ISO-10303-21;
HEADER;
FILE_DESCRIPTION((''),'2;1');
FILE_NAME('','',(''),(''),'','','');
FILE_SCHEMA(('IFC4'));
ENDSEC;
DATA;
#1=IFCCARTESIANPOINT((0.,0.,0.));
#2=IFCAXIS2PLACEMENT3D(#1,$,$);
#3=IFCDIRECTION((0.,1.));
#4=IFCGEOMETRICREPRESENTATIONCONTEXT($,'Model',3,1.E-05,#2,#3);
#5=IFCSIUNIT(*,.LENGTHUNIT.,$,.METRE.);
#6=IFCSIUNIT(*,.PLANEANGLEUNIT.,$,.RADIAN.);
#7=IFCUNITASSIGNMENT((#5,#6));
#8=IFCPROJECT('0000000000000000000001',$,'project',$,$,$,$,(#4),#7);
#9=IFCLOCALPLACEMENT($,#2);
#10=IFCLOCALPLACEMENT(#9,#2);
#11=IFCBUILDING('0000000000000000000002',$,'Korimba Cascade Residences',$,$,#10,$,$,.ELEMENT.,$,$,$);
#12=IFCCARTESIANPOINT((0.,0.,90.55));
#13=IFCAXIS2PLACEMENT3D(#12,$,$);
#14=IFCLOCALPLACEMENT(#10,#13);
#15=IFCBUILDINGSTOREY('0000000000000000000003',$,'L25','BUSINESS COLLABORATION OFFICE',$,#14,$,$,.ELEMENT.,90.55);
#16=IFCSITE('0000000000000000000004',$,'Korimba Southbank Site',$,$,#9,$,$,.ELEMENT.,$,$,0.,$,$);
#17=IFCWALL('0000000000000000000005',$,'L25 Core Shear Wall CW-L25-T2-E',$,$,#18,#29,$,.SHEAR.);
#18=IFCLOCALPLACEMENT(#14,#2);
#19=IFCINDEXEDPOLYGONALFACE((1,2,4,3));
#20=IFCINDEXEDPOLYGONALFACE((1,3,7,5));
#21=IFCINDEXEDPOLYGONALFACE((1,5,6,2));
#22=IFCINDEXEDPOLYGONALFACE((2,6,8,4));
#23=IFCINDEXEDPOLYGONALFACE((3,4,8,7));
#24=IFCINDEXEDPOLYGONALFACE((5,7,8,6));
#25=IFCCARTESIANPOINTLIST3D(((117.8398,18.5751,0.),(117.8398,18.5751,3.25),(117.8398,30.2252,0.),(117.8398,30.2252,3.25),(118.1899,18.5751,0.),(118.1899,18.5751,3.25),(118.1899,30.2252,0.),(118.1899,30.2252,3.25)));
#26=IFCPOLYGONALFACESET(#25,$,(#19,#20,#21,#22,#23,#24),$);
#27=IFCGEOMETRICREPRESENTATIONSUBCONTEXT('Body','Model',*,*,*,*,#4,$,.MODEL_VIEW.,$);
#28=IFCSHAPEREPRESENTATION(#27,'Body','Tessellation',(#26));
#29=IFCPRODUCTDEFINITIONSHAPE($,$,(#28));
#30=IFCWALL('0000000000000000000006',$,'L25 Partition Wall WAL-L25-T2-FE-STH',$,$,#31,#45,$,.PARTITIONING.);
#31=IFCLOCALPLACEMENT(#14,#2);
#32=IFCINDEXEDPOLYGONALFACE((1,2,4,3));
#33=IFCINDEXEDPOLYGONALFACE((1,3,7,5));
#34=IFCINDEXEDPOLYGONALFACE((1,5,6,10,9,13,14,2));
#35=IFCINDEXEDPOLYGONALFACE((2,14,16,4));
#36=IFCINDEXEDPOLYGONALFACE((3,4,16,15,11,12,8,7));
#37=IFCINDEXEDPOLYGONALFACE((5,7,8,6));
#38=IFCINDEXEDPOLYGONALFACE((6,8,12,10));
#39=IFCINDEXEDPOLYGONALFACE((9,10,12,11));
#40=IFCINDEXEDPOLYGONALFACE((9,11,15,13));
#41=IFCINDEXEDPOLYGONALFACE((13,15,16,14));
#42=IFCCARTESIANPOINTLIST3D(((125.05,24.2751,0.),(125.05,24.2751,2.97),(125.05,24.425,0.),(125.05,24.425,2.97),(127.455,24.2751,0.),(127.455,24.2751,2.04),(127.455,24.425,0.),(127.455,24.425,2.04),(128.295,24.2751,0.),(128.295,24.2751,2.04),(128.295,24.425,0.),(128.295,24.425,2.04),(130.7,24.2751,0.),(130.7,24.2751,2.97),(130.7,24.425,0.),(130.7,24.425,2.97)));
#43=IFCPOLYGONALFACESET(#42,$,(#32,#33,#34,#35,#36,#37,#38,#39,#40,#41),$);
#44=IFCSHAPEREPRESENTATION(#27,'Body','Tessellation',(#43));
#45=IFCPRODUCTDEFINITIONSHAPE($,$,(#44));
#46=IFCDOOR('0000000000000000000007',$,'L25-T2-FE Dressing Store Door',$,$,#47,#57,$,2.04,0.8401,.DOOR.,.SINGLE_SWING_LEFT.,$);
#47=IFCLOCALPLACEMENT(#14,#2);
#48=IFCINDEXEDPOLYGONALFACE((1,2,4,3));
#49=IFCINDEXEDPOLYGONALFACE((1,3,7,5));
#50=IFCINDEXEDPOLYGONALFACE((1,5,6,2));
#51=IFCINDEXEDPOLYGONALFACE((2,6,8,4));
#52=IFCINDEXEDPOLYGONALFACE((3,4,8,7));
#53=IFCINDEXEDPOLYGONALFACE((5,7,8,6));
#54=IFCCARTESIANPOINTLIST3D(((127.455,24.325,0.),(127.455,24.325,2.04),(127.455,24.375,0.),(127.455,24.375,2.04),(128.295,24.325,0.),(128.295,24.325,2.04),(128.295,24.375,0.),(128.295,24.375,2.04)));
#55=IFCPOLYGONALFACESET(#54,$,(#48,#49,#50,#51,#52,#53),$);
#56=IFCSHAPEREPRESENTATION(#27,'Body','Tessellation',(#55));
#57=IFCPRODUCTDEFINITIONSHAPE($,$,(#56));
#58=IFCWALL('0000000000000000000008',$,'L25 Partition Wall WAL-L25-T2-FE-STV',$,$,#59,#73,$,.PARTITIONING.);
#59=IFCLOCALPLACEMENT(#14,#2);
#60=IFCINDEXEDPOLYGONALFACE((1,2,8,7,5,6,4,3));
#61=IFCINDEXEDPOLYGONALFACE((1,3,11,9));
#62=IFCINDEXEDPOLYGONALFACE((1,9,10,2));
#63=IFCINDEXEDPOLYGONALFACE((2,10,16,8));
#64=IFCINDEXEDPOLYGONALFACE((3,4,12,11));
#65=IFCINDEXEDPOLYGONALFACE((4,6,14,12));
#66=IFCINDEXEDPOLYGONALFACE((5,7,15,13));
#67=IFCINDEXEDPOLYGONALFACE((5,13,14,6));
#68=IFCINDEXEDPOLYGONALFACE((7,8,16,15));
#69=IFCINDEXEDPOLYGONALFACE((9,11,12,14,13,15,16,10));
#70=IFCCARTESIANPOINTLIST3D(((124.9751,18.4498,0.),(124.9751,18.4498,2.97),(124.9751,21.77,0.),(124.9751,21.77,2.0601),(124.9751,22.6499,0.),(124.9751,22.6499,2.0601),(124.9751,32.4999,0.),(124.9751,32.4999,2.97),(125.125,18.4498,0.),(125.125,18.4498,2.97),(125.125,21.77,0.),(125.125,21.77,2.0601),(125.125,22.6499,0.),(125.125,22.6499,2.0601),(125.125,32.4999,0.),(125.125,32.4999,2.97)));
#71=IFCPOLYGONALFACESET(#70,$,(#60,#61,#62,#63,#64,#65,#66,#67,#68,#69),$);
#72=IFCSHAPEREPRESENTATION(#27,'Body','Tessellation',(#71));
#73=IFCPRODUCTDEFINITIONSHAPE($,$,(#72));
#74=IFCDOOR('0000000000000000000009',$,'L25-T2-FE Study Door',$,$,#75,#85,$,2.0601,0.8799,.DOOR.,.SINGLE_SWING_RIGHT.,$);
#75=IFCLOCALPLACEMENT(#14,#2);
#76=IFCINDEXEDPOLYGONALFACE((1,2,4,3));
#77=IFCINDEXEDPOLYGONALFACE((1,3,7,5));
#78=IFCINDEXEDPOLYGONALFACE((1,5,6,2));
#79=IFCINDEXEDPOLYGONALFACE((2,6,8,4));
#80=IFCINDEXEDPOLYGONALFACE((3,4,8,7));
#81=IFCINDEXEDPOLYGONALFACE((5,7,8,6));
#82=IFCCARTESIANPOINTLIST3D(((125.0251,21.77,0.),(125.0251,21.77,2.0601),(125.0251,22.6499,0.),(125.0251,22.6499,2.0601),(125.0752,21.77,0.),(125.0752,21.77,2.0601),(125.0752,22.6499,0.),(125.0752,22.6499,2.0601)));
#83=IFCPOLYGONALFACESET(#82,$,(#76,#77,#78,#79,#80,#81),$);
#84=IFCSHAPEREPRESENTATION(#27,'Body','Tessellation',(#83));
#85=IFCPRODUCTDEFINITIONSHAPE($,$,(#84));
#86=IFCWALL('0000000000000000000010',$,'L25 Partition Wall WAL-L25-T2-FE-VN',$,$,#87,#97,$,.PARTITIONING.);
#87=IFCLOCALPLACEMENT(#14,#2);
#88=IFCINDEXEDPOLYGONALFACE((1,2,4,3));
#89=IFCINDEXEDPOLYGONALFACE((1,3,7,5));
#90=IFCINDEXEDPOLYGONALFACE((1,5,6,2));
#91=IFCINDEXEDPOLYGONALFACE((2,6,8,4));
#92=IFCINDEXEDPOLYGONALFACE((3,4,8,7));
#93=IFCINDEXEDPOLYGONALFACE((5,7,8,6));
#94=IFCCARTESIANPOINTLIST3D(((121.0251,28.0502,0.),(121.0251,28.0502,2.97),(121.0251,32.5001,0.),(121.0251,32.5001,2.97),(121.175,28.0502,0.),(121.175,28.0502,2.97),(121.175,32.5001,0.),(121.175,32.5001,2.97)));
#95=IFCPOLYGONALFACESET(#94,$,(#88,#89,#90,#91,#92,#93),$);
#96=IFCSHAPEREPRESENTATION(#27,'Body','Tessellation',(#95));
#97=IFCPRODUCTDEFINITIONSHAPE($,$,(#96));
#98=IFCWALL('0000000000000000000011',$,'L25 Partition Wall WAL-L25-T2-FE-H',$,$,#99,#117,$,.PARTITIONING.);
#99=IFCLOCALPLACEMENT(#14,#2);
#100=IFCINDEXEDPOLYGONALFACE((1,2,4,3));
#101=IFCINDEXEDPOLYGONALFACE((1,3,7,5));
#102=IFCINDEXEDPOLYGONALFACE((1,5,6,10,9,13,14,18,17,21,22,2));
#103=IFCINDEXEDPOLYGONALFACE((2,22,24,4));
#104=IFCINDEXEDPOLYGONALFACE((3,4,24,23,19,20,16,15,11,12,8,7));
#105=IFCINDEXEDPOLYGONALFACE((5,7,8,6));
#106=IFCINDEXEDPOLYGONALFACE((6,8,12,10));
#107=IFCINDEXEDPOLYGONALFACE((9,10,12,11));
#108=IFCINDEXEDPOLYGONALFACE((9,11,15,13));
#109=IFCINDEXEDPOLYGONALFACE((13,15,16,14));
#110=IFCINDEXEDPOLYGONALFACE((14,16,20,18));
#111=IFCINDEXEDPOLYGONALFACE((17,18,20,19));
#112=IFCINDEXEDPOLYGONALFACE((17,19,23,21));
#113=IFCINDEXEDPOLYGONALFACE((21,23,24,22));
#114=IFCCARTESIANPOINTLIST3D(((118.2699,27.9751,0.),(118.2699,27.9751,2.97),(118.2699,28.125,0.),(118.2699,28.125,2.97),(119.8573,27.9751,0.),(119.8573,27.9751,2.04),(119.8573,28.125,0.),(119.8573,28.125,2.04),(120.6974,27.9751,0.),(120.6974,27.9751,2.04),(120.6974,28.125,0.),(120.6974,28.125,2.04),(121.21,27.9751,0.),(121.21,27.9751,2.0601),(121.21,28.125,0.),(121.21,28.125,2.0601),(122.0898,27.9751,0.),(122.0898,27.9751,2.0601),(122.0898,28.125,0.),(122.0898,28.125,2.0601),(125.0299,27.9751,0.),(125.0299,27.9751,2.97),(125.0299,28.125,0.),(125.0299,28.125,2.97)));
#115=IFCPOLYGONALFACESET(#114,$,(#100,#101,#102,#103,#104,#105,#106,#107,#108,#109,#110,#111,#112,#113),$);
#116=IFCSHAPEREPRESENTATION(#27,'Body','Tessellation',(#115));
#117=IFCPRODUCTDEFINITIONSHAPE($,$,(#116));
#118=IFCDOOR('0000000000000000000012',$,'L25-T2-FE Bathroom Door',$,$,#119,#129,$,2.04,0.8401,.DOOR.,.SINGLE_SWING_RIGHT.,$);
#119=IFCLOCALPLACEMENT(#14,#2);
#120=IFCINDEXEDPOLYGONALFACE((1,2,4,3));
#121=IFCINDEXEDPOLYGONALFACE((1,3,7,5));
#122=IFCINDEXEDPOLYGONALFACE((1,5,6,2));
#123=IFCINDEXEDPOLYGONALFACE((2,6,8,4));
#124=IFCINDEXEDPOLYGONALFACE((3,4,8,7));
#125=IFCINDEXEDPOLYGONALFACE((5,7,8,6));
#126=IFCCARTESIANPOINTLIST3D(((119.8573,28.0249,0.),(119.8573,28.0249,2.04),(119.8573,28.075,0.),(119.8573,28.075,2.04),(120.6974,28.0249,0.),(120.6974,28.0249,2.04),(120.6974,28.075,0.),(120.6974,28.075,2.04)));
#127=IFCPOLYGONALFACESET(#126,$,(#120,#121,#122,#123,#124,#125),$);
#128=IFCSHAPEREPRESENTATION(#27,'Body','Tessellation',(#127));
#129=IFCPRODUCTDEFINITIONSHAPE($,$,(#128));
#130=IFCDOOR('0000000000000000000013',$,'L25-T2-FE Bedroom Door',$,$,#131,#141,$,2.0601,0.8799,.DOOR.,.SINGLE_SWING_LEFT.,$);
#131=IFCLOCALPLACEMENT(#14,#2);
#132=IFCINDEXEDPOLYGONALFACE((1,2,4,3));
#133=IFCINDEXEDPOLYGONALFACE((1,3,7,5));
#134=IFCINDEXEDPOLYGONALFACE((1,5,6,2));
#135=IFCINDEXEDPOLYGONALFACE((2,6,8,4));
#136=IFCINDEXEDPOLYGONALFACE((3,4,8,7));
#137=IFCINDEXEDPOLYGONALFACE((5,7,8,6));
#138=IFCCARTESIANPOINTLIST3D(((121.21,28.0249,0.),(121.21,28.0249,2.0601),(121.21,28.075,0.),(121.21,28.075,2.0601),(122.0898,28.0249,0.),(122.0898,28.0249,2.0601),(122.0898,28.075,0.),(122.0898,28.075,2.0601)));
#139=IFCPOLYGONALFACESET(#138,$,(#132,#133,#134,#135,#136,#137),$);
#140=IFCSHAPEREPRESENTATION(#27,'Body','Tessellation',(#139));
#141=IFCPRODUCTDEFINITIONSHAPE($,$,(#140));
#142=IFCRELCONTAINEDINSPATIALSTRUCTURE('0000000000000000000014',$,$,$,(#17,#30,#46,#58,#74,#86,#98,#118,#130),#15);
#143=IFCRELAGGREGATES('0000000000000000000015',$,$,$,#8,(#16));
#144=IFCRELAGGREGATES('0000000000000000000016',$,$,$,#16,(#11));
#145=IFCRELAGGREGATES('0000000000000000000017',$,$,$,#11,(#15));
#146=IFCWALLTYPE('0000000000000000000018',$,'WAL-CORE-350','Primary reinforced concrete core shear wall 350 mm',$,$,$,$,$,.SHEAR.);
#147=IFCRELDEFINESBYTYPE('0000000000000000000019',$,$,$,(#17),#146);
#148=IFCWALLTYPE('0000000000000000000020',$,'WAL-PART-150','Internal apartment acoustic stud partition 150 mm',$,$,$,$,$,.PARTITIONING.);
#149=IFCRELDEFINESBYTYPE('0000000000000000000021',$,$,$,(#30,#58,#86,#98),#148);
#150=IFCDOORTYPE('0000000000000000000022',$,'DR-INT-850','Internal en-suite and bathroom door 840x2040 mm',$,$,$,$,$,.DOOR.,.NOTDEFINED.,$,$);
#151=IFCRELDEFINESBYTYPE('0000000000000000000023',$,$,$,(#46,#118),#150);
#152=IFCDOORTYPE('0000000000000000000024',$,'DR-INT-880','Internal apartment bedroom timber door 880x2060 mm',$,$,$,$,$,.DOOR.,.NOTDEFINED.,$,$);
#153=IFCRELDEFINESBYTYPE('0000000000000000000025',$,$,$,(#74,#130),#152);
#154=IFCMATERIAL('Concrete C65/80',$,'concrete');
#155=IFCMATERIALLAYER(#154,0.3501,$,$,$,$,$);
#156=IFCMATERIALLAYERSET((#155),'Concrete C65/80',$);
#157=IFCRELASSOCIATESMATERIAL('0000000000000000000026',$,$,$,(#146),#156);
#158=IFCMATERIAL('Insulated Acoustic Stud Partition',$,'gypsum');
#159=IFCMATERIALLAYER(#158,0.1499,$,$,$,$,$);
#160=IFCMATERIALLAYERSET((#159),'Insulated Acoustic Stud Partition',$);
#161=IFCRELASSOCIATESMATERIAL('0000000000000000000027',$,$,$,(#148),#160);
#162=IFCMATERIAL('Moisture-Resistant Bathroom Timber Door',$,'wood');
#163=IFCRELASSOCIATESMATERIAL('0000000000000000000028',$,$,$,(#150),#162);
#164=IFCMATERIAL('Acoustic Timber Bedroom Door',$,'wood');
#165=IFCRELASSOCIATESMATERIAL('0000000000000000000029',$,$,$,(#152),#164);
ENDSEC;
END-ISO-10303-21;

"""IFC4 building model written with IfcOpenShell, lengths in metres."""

from ifc_helpers import new_model, si_unit, direction, frame, frame_2d, origin, place, context, subcontext, project, spatial, rectangle, extrude, material, layer, layer_set, type_object, element, fill, save


model = new_model("IFC4")

# Units and contexts
model_context = context("Model", 3, precision=1e-05, world=origin(), true_north=direction((0.0, 1.0)))
body_context = subcontext(model_context, "Body", "Model", "MODEL_VIEW")
ifc_project = project(units=[si_unit("LENGTHUNIT", "METRE"), si_unit("PLANEANGLEUNIT", "RADIAN")], contexts=[model_context])

# Site, building, storey
site_placement = place(None, origin())
site = spatial("IfcSite", under=ifc_project, at=site_placement, Name="Korimba Southbank Site", CompositionType="ELEMENT", RefElevation=0.0)
building_placement = place(site_placement, origin())
building = spatial("IfcBuilding", under=site, at=building_placement, Name="Korimba Cascade Residences", CompositionType="ELEMENT")
storey_placement = place(building_placement, frame((0.0, 0.0, 90.55)))
storey = spatial("IfcBuildingStorey", under=building, at=storey_placement, Name="L25", Description="BUSINESS COLLABORATION OFFICE", CompositionType="ELEMENT", Elevation=90.55)

# Shared definitions
ifc_material_1 = material(Name="Concrete C65/80", Category="concrete")

# Wall
ifc_layer_1 = layer(ifc_material_1, 0.3501)
ifc_layer_set_1 = layer_set([ifc_layer_1], Name="Concrete C65/80")
wall_type_1 = type_object("IfcWallType", Name="WAL-CORE-350", Description="Primary reinforced concrete core shear wall 350 mm", PredefinedType="SHEAR", material=ifc_layer_set_1)
wall_1_placement = place(storey_placement, frame((118.0149, 18.575, 0.0), z_axis=(0.0, 0.0, 1.0), x_axis=(0.0, 1.0, 0.0)))
element("IfcWall", 1, at=wall_1_placement, inside=storey, type_object=wall_type_1, Name="L25 Core Shear Wall CW-L25-T2-E", PredefinedType="SHEAR", context=body_context, shape_type="SweptSolid", body=[
    extrude(rectangle(XDim=11.6501, YDim=0.3501, at=frame_2d((5.8252, 0.0))), origin(), (0.0, 0.0, 1.0), 3.25),
])

# Walls, openings, doors
ifc_material_2 = material(Name="Insulated Acoustic Stud Partition", Category="gypsum")
ifc_layer_2 = layer(ifc_material_2, 0.1499)
ifc_layer_set_2 = layer_set([ifc_layer_2], Name="Insulated Acoustic Stud Partition")
wall_type_2 = type_object("IfcWallType", Name="WAL-PART-150", Description="Internal apartment acoustic stud partition 150 mm", PredefinedType="PARTITIONING", material=ifc_layer_set_2)
wall_2_placement = place(storey_placement, frame((125.05, 24.3501, 0.0), z_axis=(0.0, 0.0, 1.0), x_axis=(1.0, 0.0, 0.0)))
wall_2 = element("IfcWall", 2, at=wall_2_placement, inside=storey, type_object=wall_type_2, Name="L25 Partition Wall WAL-L25-T2-FE-STH", PredefinedType="PARTITIONING", context=body_context, shape_type="SweptSolid", body=[
    extrude(rectangle(XDim=5.6499, YDim=0.1499, at=frame_2d((2.825, 0.0))), origin(), (0.0, 0.0, 1.0), 2.97),
])
opening_1_placement = place(wall_2_placement, frame((2.405, 0.0, 0.0)))
opening_1 = element("IfcOpeningElement", 3, at=opening_1_placement, cuts=wall_2, PredefinedType="OPENING", context=body_context, shape_type="SweptSolid", body=[
    extrude(rectangle(XDim=0.8401, YDim=2.04, at=frame_2d((0.4199, 1.02))), frame((0.0, 0.085, 0.0), z_axis=(0.0, -1.0, 0.0), x_axis=(1.0, 0.0, 0.0)), (0.0, 0.0, 1.0), 0.1699),
])
ifc_material_3 = material(Name="Moisture-Resistant Bathroom Timber Door", Category="wood")
door_type_1 = type_object("IfcDoorType", Name="DR-INT-850", Description="Internal en-suite and bathroom door 840x2040 mm", OperationType="NOTDEFINED", PredefinedType="DOOR", material=ifc_material_3)
door_1_placement = place(opening_1_placement, origin())
door_1 = element("IfcDoor", 4, at=door_1_placement, inside=storey, type_object=door_type_1, Name="L25-T2-FE Dressing Store Door", OperationType="SINGLE_SWING_LEFT", OverallHeight=2.04, OverallWidth=0.8401, PredefinedType="DOOR", context=body_context, shape_type="SweptSolid", body=[
    extrude(rectangle(XDim=0.8401, YDim=2.04, at=frame_2d((0.4199, 1.02))), frame((0.0, 0.0249, 0.0), z_axis=(0.0, -1.0, 0.0), x_axis=(1.0, 0.0, 0.0)), (0.0, 0.0, 1.0), 0.05),
])
fill(opening_1, door_1)
wall_3_placement = place(storey_placement, frame((125.05, 18.45, 0.0), z_axis=(0.0, 0.0, 1.0), x_axis=(0.0, 1.0, 0.0)))
wall_3 = element("IfcWall", 5, at=wall_3_placement, inside=storey, type_object=wall_type_2, Name="L25 Partition Wall WAL-L25-T2-FE-STV", PredefinedType="PARTITIONING", context=body_context, shape_type="SweptSolid", body=[
    extrude(rectangle(XDim=14.05, YDim=0.1499, at=frame_2d((7.0249, 0.0))), origin(), (0.0, 0.0, 1.0), 2.97),
])
opening_2_placement = place(wall_3_placement, frame((3.3201, 0.0, 0.0)))
opening_2 = element("IfcOpeningElement", 6, at=opening_2_placement, cuts=wall_3, PredefinedType="OPENING", context=body_context, shape_type="SweptSolid", body=[
    extrude(rectangle(XDim=0.8799, YDim=2.0601, at=frame_2d((0.4399, 1.03))), frame((0.0, 0.085, 0.0), z_axis=(0.0, -1.0, 0.0), x_axis=(1.0, 0.0, 0.0)), (0.0, 0.0, 1.0), 0.1699),
])
ifc_material_4 = material(Name="Acoustic Timber Bedroom Door", Category="wood")
door_type_2 = type_object("IfcDoorType", Name="DR-INT-880", Description="Internal apartment bedroom timber door 880x2060 mm", OperationType="NOTDEFINED", PredefinedType="DOOR", material=ifc_material_4)
door_2_placement = place(opening_2_placement, origin())
door_2 = element("IfcDoor", 7, at=door_2_placement, inside=storey, type_object=door_type_2, Name="L25-T2-FE Study Door", OperationType="SINGLE_SWING_RIGHT", OverallHeight=2.0601, OverallWidth=0.8799, PredefinedType="DOOR", context=body_context, shape_type="SweptSolid", body=[
    extrude(rectangle(XDim=0.8799, YDim=2.0601, at=frame_2d((0.4399, 1.03))), frame((0.0, 0.0249, 0.0), z_axis=(0.0, -1.0, 0.0), x_axis=(1.0, 0.0, 0.0)), (0.0, 0.0, 1.0), 0.05),
])
fill(opening_2, door_2)

# Wall
wall_4_placement = place(storey_placement, frame((121.1001, 28.05, 0.0), z_axis=(0.0, 0.0, 1.0), x_axis=(0.0, 1.0, 0.0)))
element("IfcWall", 8, at=wall_4_placement, inside=storey, type_object=wall_type_2, Name="L25 Partition Wall WAL-L25-T2-FE-VN", PredefinedType="PARTITIONING", context=body_context, shape_type="SweptSolid", body=[
    extrude(rectangle(XDim=4.45, YDim=0.1499, at=frame_2d((2.2251, 0.0))), origin(), (0.0, 0.0, 1.0), 2.97),
])

# Wall, openings, doors
wall_5_placement = place(storey_placement, frame((118.27, 28.05, 0.0), z_axis=(0.0, 0.0, 1.0), x_axis=(1.0, 0.0, 0.0)))
wall_5 = element("IfcWall", 9, at=wall_5_placement, inside=storey, type_object=wall_type_2, Name="L25 Partition Wall WAL-L25-T2-FE-H", PredefinedType="PARTITIONING", context=body_context, shape_type="SweptSolid", body=[
    extrude(rectangle(XDim=6.76, YDim=0.1499, at=frame_2d((3.3799, 0.0))), origin(), (0.0, 0.0, 1.0), 2.97),
])
opening_3_placement = place(wall_5_placement, frame((1.5874, 0.0, 0.0)))
opening_3 = element("IfcOpeningElement", 10, at=opening_3_placement, cuts=wall_5, PredefinedType="OPENING", context=body_context, shape_type="SweptSolid", body=[
    extrude(rectangle(XDim=0.8401, YDim=2.04, at=frame_2d((0.4199, 1.02))), frame((0.0, 0.085, 0.0), z_axis=(0.0, -1.0, 0.0), x_axis=(1.0, 0.0, 0.0)), (0.0, 0.0, 1.0), 0.1699),
])
opening_4_placement = place(wall_5_placement, frame((2.9399, 0.0, 0.0)))
opening_4 = element("IfcOpeningElement", 11, at=opening_4_placement, cuts=wall_5, PredefinedType="OPENING", context=body_context, shape_type="SweptSolid", body=[
    extrude(rectangle(XDim=0.8799, YDim=2.0601, at=frame_2d((0.4399, 1.03))), frame((0.0, 0.085, 0.0), z_axis=(0.0, -1.0, 0.0), x_axis=(1.0, 0.0, 0.0)), (0.0, 0.0, 1.0), 0.1699),
])
door_3_placement = place(opening_3_placement, origin())
door_3 = element("IfcDoor", 12, at=door_3_placement, inside=storey, type_object=door_type_1, Name="L25-T2-FE Bathroom Door", OperationType="SINGLE_SWING_RIGHT", OverallHeight=2.04, OverallWidth=0.8401, PredefinedType="DOOR", context=body_context, shape_type="SweptSolid", body=[
    extrude(rectangle(XDim=0.8401, YDim=2.04, at=frame_2d((0.4199, 1.02))), frame((0.0, 0.0249, 0.0), z_axis=(0.0, -1.0, 0.0), x_axis=(1.0, 0.0, 0.0)), (0.0, 0.0, 1.0), 0.05),
])
fill(opening_3, door_3)
door_4_placement = place(opening_4_placement, origin())
door_4 = element("IfcDoor", 13, at=door_4_placement, inside=storey, type_object=door_type_2, Name="L25-T2-FE Bedroom Door", OperationType="SINGLE_SWING_LEFT", OverallHeight=2.0601, OverallWidth=0.8799, PredefinedType="DOOR", context=body_context, shape_type="SweptSolid", body=[
    extrude(rectangle(XDim=0.8799, YDim=2.0601, at=frame_2d((0.4399, 1.03))), frame((0.0, 0.0249, 0.0), z_axis=(0.0, -1.0, 0.0), x_axis=(1.0, 0.0, 0.0)), (0.0, 0.0, 1.0), 0.05),
])
fill(opening_4, door_4)

save(model, "model.ifc")
